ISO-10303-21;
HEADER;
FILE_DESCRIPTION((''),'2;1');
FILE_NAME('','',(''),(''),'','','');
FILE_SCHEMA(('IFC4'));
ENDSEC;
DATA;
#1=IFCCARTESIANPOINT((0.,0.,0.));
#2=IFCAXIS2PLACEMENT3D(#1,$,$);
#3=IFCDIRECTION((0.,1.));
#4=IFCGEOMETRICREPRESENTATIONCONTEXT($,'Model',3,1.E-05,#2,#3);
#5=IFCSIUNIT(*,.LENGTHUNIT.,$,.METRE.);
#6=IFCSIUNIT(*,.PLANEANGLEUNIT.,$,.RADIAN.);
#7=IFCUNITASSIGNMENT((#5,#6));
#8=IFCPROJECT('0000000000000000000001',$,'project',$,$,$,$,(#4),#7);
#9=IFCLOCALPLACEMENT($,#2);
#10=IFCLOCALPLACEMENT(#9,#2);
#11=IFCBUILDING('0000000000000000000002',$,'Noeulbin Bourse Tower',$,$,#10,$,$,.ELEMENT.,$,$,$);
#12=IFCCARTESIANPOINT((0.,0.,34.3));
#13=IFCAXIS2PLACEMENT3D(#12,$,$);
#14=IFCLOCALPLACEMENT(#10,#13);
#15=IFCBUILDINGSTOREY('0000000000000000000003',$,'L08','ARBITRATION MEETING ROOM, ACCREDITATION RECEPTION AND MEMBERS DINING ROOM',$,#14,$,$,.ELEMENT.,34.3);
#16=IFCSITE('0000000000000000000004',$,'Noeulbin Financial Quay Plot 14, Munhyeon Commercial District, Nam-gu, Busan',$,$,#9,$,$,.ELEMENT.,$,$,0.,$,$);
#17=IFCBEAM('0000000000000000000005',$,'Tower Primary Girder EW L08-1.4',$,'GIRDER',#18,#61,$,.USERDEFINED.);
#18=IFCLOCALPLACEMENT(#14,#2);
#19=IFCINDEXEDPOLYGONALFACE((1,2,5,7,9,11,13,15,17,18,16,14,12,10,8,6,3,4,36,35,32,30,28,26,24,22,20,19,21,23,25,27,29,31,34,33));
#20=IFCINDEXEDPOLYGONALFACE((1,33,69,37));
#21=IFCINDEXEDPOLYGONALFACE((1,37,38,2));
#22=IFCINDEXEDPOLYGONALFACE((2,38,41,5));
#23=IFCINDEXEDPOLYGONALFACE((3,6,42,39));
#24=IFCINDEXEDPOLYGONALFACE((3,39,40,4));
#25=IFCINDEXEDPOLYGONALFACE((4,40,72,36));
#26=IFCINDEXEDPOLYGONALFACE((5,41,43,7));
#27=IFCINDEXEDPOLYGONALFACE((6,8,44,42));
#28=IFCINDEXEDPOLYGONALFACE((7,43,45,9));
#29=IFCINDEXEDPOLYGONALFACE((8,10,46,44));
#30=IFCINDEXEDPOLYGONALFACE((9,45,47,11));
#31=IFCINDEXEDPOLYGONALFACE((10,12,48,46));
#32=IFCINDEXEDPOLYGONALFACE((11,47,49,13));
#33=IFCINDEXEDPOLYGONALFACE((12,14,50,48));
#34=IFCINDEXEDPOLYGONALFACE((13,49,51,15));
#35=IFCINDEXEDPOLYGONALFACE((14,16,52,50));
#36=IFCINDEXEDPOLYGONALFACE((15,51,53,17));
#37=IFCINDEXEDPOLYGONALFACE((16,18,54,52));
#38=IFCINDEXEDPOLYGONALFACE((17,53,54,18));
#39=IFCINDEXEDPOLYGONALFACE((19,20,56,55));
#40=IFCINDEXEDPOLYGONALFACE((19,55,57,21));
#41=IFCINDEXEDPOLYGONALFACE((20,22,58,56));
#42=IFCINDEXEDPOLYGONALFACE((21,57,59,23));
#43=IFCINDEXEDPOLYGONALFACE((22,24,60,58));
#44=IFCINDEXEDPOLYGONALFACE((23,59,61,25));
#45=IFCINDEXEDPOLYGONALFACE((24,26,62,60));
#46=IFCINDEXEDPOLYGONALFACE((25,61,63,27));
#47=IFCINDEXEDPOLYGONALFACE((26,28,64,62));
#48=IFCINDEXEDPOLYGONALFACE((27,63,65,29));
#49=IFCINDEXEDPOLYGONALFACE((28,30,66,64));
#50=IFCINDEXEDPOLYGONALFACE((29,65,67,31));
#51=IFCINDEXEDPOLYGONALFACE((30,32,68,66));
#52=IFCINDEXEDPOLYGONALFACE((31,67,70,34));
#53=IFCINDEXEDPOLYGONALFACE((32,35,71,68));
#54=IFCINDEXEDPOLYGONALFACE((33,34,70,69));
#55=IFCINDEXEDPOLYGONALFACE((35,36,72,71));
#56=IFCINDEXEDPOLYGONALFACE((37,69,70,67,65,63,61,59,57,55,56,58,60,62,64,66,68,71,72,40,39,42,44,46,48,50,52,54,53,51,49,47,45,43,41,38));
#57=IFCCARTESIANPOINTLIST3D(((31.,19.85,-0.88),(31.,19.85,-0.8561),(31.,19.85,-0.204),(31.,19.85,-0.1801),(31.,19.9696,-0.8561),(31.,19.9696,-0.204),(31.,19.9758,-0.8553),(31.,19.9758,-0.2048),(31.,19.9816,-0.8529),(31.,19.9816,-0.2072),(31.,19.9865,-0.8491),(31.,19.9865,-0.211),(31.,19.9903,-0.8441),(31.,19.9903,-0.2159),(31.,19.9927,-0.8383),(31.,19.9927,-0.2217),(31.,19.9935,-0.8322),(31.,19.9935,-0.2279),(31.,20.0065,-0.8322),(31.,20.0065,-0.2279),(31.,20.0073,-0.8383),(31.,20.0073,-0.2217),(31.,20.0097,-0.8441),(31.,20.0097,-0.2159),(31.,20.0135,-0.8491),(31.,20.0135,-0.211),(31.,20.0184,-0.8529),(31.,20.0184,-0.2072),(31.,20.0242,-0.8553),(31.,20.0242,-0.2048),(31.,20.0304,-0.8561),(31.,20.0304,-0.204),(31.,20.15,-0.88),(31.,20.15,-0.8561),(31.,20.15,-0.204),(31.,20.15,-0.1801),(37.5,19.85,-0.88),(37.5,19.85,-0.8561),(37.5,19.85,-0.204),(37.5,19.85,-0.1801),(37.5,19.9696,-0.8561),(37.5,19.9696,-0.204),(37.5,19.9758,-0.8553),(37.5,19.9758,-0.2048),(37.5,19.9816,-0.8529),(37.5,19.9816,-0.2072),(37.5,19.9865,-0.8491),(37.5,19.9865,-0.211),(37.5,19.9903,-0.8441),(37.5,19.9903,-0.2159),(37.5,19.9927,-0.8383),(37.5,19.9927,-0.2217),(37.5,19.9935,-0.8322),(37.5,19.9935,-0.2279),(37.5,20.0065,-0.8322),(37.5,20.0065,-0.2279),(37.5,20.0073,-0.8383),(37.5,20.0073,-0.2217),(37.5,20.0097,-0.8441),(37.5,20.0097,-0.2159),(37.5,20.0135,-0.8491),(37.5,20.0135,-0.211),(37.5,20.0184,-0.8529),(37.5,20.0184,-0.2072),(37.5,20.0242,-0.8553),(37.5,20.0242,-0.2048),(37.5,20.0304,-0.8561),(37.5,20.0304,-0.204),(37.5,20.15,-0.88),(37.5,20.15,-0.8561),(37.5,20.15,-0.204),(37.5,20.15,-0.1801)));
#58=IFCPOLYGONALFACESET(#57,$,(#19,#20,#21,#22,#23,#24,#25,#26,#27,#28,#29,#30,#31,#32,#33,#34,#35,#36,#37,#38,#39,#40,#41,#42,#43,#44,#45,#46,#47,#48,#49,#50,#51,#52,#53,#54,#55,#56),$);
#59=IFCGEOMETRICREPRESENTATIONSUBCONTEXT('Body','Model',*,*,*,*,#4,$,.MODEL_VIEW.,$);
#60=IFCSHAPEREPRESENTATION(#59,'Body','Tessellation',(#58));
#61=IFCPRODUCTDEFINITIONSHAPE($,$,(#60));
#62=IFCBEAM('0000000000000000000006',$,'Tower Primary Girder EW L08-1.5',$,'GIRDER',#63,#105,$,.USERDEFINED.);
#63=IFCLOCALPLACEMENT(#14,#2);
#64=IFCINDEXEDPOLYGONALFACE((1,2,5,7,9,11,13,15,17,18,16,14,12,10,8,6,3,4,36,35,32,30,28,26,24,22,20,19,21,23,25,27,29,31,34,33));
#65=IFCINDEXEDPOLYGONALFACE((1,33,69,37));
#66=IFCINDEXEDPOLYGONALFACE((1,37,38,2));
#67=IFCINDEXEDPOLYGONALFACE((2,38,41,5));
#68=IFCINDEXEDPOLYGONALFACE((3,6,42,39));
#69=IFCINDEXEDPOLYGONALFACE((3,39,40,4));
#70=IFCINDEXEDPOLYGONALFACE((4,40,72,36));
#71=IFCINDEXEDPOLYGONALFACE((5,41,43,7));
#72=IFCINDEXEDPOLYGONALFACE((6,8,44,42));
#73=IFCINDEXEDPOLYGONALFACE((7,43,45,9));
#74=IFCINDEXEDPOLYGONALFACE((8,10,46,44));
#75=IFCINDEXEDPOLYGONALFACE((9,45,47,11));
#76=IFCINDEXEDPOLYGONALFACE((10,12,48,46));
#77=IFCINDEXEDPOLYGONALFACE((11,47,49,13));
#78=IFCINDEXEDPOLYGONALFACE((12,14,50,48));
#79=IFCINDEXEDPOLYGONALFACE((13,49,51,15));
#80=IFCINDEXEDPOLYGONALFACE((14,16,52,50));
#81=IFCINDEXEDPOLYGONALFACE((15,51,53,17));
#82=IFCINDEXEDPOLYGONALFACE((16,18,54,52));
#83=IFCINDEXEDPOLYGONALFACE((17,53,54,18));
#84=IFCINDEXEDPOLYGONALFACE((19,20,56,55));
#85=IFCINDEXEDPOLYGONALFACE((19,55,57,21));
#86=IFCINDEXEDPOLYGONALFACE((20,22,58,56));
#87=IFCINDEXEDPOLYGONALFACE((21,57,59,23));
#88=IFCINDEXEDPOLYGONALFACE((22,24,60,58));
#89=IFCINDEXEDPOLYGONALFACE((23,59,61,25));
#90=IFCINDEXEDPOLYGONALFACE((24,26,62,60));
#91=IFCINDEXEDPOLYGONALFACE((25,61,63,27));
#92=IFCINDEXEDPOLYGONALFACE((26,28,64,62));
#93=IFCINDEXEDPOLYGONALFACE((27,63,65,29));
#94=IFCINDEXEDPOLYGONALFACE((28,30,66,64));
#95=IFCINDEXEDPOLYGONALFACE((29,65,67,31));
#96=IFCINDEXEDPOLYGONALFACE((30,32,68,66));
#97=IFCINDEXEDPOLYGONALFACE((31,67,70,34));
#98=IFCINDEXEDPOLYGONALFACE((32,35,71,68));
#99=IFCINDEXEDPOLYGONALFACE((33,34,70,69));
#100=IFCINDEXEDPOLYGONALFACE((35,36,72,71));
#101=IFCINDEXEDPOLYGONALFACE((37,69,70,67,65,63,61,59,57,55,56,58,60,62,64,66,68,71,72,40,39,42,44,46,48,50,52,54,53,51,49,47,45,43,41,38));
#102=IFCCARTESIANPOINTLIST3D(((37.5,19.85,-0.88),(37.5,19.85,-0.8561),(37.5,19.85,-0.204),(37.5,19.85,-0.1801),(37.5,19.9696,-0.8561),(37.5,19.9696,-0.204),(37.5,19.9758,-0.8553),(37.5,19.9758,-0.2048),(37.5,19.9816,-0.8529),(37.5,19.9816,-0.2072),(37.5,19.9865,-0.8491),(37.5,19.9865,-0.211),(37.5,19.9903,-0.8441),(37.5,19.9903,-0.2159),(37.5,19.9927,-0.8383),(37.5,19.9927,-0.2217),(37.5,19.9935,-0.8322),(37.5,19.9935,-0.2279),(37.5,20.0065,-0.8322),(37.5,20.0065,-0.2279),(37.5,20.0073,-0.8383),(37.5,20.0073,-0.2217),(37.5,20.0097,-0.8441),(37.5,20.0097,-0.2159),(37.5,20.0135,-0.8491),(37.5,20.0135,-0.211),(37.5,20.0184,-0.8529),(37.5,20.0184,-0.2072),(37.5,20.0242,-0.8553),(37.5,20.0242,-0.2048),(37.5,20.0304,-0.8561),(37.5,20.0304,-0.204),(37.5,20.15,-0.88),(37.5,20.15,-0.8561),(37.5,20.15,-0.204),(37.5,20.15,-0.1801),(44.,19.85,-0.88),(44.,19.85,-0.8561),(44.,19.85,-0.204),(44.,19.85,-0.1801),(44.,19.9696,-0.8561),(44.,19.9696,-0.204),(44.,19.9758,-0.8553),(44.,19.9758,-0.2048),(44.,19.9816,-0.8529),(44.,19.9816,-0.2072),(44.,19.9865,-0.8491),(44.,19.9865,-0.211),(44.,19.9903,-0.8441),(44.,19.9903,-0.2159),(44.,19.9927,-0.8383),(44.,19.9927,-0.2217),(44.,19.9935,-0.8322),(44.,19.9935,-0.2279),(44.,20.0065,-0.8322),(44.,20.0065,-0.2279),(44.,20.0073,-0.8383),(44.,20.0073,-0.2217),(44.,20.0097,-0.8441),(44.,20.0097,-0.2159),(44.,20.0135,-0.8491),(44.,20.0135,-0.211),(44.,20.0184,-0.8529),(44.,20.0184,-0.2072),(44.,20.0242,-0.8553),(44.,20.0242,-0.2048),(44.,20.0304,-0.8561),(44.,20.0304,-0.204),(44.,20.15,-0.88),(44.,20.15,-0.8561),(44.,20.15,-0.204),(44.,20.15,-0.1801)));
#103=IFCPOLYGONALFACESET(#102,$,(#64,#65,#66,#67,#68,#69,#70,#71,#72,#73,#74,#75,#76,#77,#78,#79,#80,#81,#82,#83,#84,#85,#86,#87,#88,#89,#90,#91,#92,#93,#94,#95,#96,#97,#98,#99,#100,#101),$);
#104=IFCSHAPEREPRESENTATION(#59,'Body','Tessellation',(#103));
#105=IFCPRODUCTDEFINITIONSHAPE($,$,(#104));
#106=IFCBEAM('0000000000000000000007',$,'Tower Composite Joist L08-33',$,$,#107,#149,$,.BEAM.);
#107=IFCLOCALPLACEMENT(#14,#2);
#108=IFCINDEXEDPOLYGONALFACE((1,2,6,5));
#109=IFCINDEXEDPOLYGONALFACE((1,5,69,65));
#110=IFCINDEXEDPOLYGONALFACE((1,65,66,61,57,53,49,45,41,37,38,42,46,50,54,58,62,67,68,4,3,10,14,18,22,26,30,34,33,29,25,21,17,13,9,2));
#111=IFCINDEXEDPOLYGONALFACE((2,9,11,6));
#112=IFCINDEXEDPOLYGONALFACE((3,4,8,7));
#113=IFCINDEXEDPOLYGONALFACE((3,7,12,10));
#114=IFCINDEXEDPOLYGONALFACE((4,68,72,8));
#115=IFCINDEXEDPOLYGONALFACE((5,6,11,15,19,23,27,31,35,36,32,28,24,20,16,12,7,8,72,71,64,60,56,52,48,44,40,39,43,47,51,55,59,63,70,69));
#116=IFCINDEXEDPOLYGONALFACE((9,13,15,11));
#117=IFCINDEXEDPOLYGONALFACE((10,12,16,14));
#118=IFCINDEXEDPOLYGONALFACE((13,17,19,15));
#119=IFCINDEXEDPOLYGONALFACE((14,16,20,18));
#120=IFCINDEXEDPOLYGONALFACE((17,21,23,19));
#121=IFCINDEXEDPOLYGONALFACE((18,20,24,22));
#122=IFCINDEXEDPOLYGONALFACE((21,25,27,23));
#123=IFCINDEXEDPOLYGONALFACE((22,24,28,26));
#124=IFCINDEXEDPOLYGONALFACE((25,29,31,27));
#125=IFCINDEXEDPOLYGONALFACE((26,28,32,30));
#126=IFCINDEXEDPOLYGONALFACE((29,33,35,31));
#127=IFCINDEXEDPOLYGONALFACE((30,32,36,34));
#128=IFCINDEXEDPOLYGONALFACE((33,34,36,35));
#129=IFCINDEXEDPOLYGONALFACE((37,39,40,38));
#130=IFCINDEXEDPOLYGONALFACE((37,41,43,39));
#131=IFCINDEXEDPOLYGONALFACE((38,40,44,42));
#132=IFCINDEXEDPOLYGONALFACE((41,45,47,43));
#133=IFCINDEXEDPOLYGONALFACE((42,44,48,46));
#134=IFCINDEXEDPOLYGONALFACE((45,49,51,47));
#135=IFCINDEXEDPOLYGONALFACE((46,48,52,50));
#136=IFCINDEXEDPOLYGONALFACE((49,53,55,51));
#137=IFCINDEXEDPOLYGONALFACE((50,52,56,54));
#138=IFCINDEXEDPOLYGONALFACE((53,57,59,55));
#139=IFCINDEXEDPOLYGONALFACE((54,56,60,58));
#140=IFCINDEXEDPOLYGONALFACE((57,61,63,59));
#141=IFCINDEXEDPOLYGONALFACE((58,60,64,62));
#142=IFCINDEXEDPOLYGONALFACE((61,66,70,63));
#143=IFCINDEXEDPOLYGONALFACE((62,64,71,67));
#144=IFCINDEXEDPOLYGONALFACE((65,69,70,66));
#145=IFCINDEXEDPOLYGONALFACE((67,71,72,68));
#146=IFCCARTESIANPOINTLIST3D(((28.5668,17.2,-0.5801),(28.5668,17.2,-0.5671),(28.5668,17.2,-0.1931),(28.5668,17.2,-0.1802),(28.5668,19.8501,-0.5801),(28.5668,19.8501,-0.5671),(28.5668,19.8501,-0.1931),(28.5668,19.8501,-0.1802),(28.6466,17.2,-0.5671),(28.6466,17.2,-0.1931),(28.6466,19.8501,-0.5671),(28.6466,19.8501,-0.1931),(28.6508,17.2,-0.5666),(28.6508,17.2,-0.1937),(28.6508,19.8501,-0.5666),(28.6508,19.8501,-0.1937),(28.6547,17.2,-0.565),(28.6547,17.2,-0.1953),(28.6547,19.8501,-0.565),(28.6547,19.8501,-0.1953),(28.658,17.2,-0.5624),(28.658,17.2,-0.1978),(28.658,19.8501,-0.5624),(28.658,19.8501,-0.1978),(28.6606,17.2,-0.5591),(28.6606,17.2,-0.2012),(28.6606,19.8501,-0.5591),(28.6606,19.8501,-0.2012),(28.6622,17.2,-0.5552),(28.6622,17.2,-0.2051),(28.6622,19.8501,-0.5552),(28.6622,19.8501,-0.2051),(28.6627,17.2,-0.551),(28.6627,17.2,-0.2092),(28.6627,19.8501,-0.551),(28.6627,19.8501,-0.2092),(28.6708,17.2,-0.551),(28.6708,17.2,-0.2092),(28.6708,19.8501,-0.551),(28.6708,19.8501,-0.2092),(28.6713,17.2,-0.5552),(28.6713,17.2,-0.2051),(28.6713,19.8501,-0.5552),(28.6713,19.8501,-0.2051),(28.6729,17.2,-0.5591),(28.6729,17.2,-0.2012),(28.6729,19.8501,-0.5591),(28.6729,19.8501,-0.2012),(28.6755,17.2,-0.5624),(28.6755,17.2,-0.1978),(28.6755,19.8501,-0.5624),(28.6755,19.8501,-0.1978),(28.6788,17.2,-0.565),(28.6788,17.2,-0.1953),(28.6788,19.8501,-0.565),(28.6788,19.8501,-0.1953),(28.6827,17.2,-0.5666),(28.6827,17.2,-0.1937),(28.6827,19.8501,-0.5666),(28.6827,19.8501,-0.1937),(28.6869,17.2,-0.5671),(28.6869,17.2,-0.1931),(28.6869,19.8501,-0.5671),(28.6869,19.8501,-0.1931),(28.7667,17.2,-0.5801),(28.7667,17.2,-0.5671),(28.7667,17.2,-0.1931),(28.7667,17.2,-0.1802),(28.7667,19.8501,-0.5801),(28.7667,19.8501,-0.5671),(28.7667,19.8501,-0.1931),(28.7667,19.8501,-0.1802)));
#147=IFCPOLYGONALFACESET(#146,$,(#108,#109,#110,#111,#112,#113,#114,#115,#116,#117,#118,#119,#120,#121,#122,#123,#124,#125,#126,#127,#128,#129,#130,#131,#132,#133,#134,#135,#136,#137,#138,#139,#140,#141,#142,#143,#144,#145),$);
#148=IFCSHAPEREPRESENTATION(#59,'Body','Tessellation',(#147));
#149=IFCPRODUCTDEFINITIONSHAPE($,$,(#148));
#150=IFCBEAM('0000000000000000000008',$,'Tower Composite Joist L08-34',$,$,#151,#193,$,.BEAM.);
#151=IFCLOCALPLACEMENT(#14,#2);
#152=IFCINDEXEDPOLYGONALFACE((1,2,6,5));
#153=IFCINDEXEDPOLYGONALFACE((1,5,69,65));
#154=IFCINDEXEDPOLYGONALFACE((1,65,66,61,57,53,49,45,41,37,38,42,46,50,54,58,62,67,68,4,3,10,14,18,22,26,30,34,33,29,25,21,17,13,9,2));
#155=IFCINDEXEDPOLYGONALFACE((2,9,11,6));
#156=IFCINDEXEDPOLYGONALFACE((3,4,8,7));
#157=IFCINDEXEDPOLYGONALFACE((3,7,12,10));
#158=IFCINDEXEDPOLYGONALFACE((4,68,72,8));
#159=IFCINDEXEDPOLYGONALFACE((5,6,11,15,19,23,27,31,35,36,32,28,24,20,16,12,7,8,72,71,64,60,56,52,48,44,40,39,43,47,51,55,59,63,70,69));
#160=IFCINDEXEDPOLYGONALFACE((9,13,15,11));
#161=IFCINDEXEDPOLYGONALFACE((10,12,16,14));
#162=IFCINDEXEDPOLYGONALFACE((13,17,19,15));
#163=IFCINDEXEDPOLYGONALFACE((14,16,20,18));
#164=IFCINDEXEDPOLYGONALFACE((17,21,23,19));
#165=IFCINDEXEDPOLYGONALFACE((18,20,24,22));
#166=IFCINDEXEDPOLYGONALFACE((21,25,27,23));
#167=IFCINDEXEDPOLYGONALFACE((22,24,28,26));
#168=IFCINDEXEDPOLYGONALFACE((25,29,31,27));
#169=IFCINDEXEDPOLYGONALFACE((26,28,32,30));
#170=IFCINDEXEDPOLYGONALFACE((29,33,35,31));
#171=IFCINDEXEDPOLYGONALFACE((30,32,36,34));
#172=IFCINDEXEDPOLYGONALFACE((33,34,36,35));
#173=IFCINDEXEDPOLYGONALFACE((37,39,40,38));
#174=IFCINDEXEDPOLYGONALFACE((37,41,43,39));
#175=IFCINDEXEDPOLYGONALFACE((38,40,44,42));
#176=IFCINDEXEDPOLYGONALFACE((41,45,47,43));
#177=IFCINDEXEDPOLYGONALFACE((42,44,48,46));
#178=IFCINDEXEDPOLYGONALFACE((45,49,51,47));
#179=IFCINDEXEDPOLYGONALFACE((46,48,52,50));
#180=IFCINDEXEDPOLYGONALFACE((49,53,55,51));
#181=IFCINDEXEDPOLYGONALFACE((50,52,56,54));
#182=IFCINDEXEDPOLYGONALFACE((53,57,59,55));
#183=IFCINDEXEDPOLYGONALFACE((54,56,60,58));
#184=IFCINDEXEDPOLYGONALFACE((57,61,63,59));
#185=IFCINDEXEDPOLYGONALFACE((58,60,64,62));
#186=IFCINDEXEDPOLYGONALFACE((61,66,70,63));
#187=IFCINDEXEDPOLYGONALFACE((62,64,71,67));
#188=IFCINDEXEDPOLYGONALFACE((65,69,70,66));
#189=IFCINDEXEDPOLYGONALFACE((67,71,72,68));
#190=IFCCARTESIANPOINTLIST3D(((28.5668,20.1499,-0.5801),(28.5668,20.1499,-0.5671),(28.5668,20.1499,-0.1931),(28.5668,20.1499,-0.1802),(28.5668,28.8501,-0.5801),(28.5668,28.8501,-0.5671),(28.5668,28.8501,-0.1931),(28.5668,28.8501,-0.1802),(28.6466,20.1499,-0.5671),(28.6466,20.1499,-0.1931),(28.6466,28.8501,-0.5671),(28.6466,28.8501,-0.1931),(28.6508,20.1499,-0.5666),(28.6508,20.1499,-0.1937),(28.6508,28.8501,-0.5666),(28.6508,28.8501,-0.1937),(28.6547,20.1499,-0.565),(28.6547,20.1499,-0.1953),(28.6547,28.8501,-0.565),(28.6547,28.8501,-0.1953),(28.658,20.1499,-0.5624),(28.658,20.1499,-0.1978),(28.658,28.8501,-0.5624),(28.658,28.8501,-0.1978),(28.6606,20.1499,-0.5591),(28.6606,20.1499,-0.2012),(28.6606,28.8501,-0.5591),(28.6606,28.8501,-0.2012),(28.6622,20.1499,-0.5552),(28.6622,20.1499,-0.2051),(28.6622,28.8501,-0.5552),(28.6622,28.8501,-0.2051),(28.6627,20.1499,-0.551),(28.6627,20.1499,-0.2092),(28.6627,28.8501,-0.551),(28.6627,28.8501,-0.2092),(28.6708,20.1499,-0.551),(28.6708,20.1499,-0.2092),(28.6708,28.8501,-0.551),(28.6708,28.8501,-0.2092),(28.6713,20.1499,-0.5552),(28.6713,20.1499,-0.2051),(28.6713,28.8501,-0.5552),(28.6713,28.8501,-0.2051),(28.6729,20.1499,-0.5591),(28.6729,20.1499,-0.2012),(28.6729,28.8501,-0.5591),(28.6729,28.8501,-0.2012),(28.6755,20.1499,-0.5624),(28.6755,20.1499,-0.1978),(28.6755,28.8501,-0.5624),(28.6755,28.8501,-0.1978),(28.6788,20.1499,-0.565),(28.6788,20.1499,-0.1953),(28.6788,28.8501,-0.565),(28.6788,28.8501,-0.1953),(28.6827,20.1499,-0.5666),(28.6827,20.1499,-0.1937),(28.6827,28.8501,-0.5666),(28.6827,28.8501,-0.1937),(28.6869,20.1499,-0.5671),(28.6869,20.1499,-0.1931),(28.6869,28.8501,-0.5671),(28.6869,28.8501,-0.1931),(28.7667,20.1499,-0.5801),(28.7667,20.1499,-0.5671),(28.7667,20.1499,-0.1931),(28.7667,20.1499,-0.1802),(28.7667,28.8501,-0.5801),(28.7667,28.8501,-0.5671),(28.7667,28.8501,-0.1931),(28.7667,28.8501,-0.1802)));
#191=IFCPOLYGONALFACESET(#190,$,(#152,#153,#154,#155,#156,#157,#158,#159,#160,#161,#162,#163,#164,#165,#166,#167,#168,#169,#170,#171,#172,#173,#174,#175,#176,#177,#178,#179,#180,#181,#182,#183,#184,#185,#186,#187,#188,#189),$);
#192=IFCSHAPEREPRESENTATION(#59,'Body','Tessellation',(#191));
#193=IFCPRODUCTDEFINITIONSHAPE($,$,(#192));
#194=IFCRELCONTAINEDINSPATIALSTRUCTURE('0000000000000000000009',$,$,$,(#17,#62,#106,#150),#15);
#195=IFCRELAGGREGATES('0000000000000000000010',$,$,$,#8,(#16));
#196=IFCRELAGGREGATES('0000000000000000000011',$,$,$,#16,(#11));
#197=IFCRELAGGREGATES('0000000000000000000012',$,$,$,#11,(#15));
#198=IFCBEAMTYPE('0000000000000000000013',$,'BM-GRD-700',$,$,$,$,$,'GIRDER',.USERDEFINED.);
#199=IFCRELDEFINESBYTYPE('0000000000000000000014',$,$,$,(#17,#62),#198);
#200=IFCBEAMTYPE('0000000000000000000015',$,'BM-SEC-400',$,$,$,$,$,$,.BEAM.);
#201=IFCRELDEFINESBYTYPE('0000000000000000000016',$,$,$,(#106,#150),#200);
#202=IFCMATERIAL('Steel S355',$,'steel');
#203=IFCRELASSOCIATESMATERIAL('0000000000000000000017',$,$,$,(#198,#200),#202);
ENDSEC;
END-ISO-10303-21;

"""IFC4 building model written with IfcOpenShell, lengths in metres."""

from ifc_helpers import new_model, si_unit, direction, frame, origin, origin_2d, place, context, subcontext, project, spatial, i_section, extrude, material, material_profile, profile_set, type_object, element, save


model = new_model("IFC4")

# Units and contexts
model_context = context("Model", 3, precision=1e-05, world=origin(), true_north=direction((0.0, 1.0)))
body_context = subcontext(model_context, "Body", "Model", "MODEL_VIEW")
ifc_project = project(units=[si_unit("LENGTHUNIT", "METRE"), si_unit("PLANEANGLEUNIT", "RADIAN")], contexts=[model_context])

# Site, building, storey
site_placement = place(None, origin())
site = spatial("IfcSite", under=ifc_project, at=site_placement, Name="Noeulbin Financial Quay Plot 14, Munhyeon Commercial District, Nam-gu, Busan", CompositionType="ELEMENT", RefElevation=0.0)
building_placement = place(site_placement, origin())
building = spatial("IfcBuilding", under=site, at=building_placement, Name="Noeulbin Bourse Tower", CompositionType="ELEMENT")
storey_placement = place(building_placement, frame((0.0, 0.0, 34.3)))
storey = spatial("IfcBuildingStorey", under=building, at=storey_placement, Name="L08", Description="ARBITRATION MEETING ROOM, ACCREDITATION RECEPTION AND MEMBERS DINING ROOM", CompositionType="ELEMENT", Elevation=34.3)

# Beams
ifc_material_1 = material(Name="Steel S355", Category="steel")
ifc_material_profile_1 = material_profile(ifc_material_1, i_section(OverallWidth=0.3, OverallDepth=0.7, WebThickness=0.0129, FlangeThickness=0.0239, FilletRadius=0.0239, at=origin_2d()), Name="H-700x300x13x24", Category="LoadBearing")
ifc_profile_set_1 = profile_set([ifc_material_profile_1], Name="Steel S355")
beam_type_1 = type_object("IfcBeamType", Name="BM-GRD-700", ElementType="GIRDER", PredefinedType="USERDEFINED", material=ifc_profile_set_1)
for number, where, z_axis, x_axis, name in (
    (1, (31.0, 20.0, -0.53), (1.0, 0.0, 0.0), (0.0, 1.0, 0.0), "Tower Primary Girder EW L08-1.4"),
    (2, (37.5, 20.0, -0.53), (1.0, 0.0, 0.0), (0.0, 1.0, 0.0), "Tower Primary Girder EW L08-1.5"),
):
    element("IfcBeam", number, at=place(storey_placement, frame(where, z_axis=z_axis, x_axis=x_axis)), inside=storey, type_object=beam_type_1, Name=name, ObjectType="GIRDER", PredefinedType="USERDEFINED", context=body_context, shape_type="SweptSolid", body=[
        extrude(i_section(OverallWidth=0.3, OverallDepth=0.7, WebThickness=0.0129, FlangeThickness=0.0239, FilletRadius=0.0239, at=origin_2d()), origin(), (0.0, 0.0, 1.0), 6.5),
    ])
ifc_material_profile_2 = material_profile(ifc_material_1, i_section(OverallWidth=0.2, OverallDepth=0.3999, WebThickness=0.0081, FlangeThickness=0.0129, FilletRadius=0.0161, at=origin_2d()), Name="H-400x200x8x13", Category="LoadBearing")
ifc_profile_set_2 = profile_set([ifc_material_profile_2], Name="Steel S355")
beam_type_2 = type_object("IfcBeamType", Name="BM-SEC-400", PredefinedType="BEAM", material=ifc_profile_set_2)
beam_1_placement = place(storey_placement, frame((28.6667, 17.2, -0.3801), z_axis=(0.0, 1.0, 0.0), x_axis=(-1.0, 0.0, 0.0)))
element("IfcBeam", 3, at=beam_1_placement, inside=storey, type_object=beam_type_2, Name="Tower Composite Joist L08-33", PredefinedType="BEAM", context=body_context, shape_type="SweptSolid", body=[
    extrude(i_section(OverallWidth=0.2, OverallDepth=0.3999, WebThickness=0.0081, FlangeThickness=0.0129, FilletRadius=0.0161, at=origin_2d()), origin(), (0.0, 0.0, 1.0), 2.6501),
])
for number, where, z_axis, x_axis, name in (
    (4, (28.6667, 20.1499, -0.3801), (0.0, 1.0, 0.0), (-1.0, 0.0, 0.0), "Tower Composite Joist L08-34"),
):
    element("IfcBeam", number, at=place(storey_placement, frame(where, z_axis=z_axis, x_axis=x_axis)), inside=storey, type_object=beam_type_2, Name=name, PredefinedType="BEAM", context=body_context, shape_type="SweptSolid", body=[
        extrude(i_section(OverallWidth=0.2, OverallDepth=0.3999, WebThickness=0.0081, FlangeThickness=0.0129, FilletRadius=0.0161, at=origin_2d()), origin(), (0.0, 0.0, 1.0), 8.7002),
    ])

save(model, "model.ifc")
